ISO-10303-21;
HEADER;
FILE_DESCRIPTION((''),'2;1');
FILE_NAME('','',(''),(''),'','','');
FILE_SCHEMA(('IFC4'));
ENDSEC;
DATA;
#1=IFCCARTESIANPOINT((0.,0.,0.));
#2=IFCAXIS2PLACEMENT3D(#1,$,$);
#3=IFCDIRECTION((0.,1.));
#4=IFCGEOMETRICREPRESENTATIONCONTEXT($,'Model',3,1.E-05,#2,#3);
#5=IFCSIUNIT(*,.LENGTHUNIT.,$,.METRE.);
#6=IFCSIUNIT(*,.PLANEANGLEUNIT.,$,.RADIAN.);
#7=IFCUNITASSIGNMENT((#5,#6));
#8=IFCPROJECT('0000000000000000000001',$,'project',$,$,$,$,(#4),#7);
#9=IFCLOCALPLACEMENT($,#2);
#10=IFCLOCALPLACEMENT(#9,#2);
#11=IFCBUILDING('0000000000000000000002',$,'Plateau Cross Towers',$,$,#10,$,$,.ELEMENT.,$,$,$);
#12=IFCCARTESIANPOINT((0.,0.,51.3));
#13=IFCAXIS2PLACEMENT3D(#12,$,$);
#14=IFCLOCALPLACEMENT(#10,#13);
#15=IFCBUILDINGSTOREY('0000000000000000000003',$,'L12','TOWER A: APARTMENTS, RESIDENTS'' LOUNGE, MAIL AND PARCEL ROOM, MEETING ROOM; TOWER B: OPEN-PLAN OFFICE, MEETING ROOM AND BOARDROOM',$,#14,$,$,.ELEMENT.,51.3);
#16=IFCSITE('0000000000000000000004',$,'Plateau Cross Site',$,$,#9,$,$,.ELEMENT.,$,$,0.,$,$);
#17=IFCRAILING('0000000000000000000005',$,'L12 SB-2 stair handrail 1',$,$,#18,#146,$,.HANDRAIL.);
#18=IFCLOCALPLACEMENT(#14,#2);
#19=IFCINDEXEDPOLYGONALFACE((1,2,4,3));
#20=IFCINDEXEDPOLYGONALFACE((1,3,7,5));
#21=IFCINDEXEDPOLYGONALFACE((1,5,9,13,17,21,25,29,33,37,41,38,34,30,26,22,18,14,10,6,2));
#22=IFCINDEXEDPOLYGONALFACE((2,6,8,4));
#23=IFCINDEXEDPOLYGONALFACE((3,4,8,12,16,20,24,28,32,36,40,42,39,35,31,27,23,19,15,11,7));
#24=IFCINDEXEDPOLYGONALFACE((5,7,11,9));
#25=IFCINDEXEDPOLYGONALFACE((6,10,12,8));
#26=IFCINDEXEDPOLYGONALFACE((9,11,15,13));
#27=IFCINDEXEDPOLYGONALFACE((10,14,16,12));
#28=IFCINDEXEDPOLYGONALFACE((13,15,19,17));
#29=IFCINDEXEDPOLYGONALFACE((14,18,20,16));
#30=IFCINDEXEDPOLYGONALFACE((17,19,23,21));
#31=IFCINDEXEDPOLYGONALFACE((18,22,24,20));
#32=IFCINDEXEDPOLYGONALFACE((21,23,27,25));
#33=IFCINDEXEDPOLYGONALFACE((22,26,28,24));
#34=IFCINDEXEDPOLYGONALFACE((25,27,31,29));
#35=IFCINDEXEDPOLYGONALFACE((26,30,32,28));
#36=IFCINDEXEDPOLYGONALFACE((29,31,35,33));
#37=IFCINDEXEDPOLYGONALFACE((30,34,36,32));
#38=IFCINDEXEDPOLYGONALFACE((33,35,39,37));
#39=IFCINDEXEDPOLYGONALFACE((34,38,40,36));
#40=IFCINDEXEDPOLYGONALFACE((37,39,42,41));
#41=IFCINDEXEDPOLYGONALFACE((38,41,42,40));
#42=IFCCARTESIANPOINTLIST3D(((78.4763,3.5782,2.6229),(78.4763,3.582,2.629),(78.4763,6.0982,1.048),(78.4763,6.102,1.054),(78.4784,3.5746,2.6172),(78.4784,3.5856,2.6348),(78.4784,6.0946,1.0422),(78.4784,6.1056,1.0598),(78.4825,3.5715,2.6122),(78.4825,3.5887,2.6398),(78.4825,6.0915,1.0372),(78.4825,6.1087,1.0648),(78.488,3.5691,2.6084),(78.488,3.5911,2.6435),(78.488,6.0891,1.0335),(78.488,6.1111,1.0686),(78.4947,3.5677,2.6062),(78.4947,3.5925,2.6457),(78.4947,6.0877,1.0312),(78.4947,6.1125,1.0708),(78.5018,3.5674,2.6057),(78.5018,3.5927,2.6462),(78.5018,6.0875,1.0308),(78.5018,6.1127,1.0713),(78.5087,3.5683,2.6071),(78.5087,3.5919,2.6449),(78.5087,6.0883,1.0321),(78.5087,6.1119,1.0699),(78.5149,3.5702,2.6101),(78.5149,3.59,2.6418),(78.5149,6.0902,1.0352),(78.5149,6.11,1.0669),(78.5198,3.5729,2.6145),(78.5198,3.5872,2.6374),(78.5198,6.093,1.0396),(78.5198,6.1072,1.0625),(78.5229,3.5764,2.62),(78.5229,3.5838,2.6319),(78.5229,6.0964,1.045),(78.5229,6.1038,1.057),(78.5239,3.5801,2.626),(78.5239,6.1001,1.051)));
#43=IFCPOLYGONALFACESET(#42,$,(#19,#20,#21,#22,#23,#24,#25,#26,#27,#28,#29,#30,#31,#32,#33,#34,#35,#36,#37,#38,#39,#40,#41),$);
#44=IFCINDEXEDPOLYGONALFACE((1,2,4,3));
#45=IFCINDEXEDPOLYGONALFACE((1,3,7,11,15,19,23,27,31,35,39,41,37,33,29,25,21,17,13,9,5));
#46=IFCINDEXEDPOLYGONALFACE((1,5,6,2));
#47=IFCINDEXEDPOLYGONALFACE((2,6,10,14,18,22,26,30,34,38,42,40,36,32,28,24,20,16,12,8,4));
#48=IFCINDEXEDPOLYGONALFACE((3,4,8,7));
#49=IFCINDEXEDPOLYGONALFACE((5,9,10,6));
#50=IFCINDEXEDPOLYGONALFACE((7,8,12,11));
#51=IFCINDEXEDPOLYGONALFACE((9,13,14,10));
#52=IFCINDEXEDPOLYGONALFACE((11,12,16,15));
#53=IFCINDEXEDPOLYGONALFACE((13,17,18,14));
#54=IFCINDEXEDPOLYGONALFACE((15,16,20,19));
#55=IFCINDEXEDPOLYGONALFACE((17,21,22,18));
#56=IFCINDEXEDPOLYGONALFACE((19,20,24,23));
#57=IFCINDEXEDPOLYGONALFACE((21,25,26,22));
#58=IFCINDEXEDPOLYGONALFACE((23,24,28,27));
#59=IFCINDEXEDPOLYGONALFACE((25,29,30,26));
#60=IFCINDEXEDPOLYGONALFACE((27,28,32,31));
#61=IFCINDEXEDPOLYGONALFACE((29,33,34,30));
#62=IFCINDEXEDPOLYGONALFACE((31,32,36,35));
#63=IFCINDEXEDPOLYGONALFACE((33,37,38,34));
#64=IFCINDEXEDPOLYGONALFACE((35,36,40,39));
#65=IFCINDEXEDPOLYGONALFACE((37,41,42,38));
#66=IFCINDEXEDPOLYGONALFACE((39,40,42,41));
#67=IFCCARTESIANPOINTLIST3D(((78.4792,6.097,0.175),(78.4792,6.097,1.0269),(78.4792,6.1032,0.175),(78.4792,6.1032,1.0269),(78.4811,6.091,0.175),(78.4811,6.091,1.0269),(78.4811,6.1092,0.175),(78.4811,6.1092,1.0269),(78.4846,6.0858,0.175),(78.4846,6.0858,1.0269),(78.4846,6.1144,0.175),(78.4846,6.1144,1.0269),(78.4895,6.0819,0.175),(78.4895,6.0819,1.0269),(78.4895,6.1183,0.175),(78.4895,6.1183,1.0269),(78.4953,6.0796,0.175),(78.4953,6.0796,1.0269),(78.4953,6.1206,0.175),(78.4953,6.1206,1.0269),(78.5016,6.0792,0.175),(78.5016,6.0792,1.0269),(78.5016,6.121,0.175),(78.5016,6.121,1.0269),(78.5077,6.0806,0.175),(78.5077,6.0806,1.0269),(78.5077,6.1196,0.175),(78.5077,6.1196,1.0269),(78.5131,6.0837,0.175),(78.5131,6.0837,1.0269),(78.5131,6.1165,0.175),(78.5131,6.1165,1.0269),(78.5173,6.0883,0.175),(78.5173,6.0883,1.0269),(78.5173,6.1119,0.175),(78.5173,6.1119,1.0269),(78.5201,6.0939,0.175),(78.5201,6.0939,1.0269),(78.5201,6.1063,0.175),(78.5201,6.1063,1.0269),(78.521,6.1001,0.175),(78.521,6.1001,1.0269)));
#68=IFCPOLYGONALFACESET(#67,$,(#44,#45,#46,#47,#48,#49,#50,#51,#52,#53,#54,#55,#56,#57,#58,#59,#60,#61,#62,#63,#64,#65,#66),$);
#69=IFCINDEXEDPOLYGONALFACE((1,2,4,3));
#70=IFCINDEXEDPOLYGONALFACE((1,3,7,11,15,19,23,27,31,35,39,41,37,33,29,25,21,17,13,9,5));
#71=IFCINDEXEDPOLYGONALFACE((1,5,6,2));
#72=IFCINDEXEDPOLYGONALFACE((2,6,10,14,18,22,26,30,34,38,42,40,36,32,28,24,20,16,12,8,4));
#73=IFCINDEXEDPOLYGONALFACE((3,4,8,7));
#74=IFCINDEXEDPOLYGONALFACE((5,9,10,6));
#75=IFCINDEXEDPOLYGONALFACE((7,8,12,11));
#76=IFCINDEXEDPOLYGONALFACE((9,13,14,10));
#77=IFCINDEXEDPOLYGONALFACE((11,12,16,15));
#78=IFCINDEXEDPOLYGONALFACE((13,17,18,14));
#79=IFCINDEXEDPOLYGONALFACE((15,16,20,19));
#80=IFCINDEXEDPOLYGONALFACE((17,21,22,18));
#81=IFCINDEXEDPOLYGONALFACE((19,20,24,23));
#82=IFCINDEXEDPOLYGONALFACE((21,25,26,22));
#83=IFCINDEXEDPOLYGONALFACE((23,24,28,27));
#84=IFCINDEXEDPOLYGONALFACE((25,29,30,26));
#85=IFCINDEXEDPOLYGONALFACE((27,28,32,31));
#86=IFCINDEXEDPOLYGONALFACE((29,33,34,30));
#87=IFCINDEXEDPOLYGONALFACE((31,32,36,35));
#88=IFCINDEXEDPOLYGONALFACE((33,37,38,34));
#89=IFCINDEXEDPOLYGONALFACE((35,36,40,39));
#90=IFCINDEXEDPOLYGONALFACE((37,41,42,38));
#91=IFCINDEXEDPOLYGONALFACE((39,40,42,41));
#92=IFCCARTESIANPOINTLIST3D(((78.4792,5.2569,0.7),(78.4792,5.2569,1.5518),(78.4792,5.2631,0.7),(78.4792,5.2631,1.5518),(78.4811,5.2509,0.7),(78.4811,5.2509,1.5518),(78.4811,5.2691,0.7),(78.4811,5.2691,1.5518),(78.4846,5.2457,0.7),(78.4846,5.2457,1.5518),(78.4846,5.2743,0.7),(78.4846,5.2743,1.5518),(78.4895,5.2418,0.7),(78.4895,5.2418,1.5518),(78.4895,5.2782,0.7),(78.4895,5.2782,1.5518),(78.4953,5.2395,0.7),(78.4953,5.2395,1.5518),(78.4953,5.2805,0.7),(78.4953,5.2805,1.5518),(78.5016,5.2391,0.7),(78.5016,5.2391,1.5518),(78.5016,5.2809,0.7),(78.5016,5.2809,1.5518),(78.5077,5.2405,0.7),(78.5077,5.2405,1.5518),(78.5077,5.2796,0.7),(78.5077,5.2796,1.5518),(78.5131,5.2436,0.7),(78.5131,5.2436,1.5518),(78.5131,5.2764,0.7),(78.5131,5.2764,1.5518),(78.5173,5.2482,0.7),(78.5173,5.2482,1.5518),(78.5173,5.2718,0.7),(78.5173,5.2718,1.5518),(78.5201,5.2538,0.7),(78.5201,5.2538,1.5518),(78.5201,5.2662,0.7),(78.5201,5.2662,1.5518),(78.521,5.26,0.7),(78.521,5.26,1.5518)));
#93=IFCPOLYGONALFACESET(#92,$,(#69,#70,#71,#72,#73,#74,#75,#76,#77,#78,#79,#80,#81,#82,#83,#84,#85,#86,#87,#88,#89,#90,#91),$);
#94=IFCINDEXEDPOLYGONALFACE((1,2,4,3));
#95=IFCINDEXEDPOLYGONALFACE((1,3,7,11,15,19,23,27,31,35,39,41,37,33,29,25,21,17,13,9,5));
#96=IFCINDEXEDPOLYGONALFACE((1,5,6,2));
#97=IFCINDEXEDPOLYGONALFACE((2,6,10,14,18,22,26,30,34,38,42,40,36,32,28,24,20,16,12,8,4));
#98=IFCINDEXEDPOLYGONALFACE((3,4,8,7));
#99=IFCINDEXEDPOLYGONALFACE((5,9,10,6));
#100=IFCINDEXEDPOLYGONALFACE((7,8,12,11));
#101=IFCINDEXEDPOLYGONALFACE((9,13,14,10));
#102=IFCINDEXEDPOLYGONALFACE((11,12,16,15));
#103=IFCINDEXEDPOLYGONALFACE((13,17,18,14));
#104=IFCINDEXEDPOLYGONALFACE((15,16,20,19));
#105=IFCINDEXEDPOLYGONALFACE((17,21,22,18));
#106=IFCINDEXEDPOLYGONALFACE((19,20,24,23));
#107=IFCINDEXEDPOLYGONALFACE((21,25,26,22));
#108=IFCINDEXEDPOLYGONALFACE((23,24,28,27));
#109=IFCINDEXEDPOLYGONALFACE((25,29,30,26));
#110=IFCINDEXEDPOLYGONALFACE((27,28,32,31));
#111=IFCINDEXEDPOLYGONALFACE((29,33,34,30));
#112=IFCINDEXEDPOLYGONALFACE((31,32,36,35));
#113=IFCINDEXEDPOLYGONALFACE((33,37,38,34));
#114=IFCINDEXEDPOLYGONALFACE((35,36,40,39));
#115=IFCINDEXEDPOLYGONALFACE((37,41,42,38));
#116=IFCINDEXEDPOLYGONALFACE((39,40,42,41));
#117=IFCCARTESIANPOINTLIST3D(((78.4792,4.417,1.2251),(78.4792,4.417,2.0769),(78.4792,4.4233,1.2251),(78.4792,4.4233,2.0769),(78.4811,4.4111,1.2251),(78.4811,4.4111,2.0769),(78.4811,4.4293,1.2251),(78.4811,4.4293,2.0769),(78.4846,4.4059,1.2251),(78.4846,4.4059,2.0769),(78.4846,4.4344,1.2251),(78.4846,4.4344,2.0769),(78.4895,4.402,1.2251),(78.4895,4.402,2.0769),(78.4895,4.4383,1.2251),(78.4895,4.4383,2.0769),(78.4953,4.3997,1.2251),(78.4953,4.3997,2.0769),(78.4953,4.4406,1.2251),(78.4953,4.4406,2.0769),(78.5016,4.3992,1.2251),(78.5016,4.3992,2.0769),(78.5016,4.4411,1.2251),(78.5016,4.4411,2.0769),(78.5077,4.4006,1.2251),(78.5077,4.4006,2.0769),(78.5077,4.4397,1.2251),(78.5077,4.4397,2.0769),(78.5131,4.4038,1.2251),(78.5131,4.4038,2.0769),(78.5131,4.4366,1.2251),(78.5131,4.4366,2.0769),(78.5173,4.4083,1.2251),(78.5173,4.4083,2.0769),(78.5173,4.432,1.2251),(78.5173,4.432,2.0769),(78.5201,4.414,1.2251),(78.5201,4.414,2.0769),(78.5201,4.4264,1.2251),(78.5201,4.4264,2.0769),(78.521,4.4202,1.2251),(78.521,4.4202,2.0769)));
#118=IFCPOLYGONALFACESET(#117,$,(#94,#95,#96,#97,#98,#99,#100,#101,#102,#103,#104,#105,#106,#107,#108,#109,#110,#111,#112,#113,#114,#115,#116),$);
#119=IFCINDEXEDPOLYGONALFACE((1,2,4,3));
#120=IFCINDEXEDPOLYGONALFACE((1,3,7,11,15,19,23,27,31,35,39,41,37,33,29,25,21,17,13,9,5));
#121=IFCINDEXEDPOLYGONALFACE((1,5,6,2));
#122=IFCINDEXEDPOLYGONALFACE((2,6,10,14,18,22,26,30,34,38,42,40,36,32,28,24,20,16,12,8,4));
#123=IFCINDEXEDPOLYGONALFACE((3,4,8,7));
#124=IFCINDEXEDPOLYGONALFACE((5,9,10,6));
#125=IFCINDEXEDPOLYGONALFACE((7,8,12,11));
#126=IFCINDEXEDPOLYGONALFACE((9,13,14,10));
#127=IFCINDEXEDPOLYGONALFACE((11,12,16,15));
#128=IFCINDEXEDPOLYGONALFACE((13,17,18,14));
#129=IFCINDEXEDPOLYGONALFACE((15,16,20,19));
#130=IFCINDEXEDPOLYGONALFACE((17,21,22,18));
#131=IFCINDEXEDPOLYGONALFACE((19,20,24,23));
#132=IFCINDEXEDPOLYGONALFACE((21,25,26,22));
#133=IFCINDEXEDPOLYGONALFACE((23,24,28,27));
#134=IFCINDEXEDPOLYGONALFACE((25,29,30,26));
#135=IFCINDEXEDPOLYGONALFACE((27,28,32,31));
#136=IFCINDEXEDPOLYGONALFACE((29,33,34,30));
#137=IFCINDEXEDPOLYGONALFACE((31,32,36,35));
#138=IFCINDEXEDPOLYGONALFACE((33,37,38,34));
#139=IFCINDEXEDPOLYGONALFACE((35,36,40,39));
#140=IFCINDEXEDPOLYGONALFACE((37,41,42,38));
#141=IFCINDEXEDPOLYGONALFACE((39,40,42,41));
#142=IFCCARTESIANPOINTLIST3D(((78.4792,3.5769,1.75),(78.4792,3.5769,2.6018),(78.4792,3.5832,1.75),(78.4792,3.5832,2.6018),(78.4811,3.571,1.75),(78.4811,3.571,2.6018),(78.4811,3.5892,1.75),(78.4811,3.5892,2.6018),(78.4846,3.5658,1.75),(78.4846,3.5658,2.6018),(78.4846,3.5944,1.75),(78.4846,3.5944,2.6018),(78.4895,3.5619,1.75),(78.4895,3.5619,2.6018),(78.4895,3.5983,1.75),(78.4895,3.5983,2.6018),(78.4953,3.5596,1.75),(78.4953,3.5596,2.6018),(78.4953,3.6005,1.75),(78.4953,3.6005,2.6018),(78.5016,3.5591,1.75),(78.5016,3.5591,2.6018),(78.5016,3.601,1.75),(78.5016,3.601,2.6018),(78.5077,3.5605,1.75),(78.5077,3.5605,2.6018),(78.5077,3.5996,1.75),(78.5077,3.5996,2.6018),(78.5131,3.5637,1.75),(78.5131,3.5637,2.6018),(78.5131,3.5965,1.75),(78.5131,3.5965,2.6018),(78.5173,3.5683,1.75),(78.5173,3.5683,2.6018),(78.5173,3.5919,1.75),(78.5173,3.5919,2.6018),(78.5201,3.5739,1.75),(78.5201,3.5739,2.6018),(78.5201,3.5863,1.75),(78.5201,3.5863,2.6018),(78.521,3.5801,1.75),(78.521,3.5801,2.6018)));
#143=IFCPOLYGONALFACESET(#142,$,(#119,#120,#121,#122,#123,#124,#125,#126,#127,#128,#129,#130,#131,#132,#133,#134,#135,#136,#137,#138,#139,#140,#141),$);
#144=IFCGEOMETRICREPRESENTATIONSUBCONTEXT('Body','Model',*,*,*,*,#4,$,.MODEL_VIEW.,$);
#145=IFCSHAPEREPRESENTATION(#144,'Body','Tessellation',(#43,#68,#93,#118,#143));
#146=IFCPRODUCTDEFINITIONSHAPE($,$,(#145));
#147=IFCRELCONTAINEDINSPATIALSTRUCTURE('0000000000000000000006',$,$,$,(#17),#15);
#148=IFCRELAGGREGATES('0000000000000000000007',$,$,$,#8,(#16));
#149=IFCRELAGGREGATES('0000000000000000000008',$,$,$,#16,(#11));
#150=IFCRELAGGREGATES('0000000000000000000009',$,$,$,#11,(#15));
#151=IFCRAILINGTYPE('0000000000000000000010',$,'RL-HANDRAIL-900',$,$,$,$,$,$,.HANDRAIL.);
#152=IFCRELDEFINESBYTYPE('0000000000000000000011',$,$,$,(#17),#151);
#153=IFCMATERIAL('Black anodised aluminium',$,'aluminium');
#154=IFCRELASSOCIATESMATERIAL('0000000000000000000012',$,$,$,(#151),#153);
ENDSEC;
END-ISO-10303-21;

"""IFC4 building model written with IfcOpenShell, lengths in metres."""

from ifc_helpers import new_model, si_unit, direction, frame, origin, origin_2d, place, context, subcontext, project, spatial, circle, extrude, material, type_object, element, save


model = new_model("IFC4")

# Units and contexts
model_context = context("Model", 3, precision=1e-05, world=origin(), true_north=direction((0.0, 1.0)))
body_context = subcontext(model_context, "Body", "Model", "MODEL_VIEW")
ifc_project = project(units=[si_unit("LENGTHUNIT", "METRE"), si_unit("PLANEANGLEUNIT", "RADIAN")], contexts=[model_context])

# Site, building, storey
site_placement = place(None, origin())
site = spatial("IfcSite", under=ifc_project, at=site_placement, Name="Plateau Cross Site", CompositionType="ELEMENT", RefElevation=0.0)
building_placement = place(site_placement, origin())
building = spatial("IfcBuilding", under=site, at=building_placement, Name="Plateau Cross Towers", CompositionType="ELEMENT")
storey_placement = place(building_placement, frame((0.0, 0.0, 51.3)))
storey = spatial("IfcBuildingStorey", under=building, at=storey_placement, Name="L12", Description="TOWER A: APARTMENTS, RESIDENTS' LOUNGE, MAIL AND PARCEL ROOM, MEETING ROOM; TOWER B: OPEN-PLAN OFFICE, MEETING ROOM AND BOARDROOM", CompositionType="ELEMENT", Elevation=51.3)

# Railing
ifc_material_1 = material(Name="Black anodised aluminium", Category="aluminium")
railing_type_1 = type_object("IfcRailingType", Name="RL-HANDRAIL-900", PredefinedType="HANDRAIL", material=ifc_material_1)
railing_1_placement = place(storey_placement, frame((78.5, 6.1001, 0.175)))
element("IfcRailing", 1, at=railing_1_placement, inside=storey, type_object=railing_type_1, Name="L12 SB-2 stair handrail 1", PredefinedType="HANDRAIL", context=body_context, shape_type="SweptSolid", body=[
    extrude(circle(Radius=0.0239, at=origin_2d()), frame((0.0, 0.0, 0.876), z_axis=(0.0, -0.848008, 0.529984), x_axis=(1.0, 0.0, 0.0)), (0.0, 0.0, 1.0), 2.9717),
    extrude(circle(Radius=0.021, at=origin_2d()), origin(), (0.0, 0.0, 1.0), 0.8518),
    extrude(circle(Radius=0.021, at=origin_2d()), frame((0.0, -0.8401, 0.5249)), (0.0, 0.0, 1.0), 0.8518),
    extrude(circle(Radius=0.021, at=origin_2d()), frame((0.0, -1.6799, 1.05)), (0.0, 0.0, 1.0), 0.8518),
    extrude(circle(Radius=0.021, at=origin_2d()), frame((0.0, -2.52, 1.575)), (0.0, 0.0, 1.0), 0.8518),
])

save(model, "model.ifc")
